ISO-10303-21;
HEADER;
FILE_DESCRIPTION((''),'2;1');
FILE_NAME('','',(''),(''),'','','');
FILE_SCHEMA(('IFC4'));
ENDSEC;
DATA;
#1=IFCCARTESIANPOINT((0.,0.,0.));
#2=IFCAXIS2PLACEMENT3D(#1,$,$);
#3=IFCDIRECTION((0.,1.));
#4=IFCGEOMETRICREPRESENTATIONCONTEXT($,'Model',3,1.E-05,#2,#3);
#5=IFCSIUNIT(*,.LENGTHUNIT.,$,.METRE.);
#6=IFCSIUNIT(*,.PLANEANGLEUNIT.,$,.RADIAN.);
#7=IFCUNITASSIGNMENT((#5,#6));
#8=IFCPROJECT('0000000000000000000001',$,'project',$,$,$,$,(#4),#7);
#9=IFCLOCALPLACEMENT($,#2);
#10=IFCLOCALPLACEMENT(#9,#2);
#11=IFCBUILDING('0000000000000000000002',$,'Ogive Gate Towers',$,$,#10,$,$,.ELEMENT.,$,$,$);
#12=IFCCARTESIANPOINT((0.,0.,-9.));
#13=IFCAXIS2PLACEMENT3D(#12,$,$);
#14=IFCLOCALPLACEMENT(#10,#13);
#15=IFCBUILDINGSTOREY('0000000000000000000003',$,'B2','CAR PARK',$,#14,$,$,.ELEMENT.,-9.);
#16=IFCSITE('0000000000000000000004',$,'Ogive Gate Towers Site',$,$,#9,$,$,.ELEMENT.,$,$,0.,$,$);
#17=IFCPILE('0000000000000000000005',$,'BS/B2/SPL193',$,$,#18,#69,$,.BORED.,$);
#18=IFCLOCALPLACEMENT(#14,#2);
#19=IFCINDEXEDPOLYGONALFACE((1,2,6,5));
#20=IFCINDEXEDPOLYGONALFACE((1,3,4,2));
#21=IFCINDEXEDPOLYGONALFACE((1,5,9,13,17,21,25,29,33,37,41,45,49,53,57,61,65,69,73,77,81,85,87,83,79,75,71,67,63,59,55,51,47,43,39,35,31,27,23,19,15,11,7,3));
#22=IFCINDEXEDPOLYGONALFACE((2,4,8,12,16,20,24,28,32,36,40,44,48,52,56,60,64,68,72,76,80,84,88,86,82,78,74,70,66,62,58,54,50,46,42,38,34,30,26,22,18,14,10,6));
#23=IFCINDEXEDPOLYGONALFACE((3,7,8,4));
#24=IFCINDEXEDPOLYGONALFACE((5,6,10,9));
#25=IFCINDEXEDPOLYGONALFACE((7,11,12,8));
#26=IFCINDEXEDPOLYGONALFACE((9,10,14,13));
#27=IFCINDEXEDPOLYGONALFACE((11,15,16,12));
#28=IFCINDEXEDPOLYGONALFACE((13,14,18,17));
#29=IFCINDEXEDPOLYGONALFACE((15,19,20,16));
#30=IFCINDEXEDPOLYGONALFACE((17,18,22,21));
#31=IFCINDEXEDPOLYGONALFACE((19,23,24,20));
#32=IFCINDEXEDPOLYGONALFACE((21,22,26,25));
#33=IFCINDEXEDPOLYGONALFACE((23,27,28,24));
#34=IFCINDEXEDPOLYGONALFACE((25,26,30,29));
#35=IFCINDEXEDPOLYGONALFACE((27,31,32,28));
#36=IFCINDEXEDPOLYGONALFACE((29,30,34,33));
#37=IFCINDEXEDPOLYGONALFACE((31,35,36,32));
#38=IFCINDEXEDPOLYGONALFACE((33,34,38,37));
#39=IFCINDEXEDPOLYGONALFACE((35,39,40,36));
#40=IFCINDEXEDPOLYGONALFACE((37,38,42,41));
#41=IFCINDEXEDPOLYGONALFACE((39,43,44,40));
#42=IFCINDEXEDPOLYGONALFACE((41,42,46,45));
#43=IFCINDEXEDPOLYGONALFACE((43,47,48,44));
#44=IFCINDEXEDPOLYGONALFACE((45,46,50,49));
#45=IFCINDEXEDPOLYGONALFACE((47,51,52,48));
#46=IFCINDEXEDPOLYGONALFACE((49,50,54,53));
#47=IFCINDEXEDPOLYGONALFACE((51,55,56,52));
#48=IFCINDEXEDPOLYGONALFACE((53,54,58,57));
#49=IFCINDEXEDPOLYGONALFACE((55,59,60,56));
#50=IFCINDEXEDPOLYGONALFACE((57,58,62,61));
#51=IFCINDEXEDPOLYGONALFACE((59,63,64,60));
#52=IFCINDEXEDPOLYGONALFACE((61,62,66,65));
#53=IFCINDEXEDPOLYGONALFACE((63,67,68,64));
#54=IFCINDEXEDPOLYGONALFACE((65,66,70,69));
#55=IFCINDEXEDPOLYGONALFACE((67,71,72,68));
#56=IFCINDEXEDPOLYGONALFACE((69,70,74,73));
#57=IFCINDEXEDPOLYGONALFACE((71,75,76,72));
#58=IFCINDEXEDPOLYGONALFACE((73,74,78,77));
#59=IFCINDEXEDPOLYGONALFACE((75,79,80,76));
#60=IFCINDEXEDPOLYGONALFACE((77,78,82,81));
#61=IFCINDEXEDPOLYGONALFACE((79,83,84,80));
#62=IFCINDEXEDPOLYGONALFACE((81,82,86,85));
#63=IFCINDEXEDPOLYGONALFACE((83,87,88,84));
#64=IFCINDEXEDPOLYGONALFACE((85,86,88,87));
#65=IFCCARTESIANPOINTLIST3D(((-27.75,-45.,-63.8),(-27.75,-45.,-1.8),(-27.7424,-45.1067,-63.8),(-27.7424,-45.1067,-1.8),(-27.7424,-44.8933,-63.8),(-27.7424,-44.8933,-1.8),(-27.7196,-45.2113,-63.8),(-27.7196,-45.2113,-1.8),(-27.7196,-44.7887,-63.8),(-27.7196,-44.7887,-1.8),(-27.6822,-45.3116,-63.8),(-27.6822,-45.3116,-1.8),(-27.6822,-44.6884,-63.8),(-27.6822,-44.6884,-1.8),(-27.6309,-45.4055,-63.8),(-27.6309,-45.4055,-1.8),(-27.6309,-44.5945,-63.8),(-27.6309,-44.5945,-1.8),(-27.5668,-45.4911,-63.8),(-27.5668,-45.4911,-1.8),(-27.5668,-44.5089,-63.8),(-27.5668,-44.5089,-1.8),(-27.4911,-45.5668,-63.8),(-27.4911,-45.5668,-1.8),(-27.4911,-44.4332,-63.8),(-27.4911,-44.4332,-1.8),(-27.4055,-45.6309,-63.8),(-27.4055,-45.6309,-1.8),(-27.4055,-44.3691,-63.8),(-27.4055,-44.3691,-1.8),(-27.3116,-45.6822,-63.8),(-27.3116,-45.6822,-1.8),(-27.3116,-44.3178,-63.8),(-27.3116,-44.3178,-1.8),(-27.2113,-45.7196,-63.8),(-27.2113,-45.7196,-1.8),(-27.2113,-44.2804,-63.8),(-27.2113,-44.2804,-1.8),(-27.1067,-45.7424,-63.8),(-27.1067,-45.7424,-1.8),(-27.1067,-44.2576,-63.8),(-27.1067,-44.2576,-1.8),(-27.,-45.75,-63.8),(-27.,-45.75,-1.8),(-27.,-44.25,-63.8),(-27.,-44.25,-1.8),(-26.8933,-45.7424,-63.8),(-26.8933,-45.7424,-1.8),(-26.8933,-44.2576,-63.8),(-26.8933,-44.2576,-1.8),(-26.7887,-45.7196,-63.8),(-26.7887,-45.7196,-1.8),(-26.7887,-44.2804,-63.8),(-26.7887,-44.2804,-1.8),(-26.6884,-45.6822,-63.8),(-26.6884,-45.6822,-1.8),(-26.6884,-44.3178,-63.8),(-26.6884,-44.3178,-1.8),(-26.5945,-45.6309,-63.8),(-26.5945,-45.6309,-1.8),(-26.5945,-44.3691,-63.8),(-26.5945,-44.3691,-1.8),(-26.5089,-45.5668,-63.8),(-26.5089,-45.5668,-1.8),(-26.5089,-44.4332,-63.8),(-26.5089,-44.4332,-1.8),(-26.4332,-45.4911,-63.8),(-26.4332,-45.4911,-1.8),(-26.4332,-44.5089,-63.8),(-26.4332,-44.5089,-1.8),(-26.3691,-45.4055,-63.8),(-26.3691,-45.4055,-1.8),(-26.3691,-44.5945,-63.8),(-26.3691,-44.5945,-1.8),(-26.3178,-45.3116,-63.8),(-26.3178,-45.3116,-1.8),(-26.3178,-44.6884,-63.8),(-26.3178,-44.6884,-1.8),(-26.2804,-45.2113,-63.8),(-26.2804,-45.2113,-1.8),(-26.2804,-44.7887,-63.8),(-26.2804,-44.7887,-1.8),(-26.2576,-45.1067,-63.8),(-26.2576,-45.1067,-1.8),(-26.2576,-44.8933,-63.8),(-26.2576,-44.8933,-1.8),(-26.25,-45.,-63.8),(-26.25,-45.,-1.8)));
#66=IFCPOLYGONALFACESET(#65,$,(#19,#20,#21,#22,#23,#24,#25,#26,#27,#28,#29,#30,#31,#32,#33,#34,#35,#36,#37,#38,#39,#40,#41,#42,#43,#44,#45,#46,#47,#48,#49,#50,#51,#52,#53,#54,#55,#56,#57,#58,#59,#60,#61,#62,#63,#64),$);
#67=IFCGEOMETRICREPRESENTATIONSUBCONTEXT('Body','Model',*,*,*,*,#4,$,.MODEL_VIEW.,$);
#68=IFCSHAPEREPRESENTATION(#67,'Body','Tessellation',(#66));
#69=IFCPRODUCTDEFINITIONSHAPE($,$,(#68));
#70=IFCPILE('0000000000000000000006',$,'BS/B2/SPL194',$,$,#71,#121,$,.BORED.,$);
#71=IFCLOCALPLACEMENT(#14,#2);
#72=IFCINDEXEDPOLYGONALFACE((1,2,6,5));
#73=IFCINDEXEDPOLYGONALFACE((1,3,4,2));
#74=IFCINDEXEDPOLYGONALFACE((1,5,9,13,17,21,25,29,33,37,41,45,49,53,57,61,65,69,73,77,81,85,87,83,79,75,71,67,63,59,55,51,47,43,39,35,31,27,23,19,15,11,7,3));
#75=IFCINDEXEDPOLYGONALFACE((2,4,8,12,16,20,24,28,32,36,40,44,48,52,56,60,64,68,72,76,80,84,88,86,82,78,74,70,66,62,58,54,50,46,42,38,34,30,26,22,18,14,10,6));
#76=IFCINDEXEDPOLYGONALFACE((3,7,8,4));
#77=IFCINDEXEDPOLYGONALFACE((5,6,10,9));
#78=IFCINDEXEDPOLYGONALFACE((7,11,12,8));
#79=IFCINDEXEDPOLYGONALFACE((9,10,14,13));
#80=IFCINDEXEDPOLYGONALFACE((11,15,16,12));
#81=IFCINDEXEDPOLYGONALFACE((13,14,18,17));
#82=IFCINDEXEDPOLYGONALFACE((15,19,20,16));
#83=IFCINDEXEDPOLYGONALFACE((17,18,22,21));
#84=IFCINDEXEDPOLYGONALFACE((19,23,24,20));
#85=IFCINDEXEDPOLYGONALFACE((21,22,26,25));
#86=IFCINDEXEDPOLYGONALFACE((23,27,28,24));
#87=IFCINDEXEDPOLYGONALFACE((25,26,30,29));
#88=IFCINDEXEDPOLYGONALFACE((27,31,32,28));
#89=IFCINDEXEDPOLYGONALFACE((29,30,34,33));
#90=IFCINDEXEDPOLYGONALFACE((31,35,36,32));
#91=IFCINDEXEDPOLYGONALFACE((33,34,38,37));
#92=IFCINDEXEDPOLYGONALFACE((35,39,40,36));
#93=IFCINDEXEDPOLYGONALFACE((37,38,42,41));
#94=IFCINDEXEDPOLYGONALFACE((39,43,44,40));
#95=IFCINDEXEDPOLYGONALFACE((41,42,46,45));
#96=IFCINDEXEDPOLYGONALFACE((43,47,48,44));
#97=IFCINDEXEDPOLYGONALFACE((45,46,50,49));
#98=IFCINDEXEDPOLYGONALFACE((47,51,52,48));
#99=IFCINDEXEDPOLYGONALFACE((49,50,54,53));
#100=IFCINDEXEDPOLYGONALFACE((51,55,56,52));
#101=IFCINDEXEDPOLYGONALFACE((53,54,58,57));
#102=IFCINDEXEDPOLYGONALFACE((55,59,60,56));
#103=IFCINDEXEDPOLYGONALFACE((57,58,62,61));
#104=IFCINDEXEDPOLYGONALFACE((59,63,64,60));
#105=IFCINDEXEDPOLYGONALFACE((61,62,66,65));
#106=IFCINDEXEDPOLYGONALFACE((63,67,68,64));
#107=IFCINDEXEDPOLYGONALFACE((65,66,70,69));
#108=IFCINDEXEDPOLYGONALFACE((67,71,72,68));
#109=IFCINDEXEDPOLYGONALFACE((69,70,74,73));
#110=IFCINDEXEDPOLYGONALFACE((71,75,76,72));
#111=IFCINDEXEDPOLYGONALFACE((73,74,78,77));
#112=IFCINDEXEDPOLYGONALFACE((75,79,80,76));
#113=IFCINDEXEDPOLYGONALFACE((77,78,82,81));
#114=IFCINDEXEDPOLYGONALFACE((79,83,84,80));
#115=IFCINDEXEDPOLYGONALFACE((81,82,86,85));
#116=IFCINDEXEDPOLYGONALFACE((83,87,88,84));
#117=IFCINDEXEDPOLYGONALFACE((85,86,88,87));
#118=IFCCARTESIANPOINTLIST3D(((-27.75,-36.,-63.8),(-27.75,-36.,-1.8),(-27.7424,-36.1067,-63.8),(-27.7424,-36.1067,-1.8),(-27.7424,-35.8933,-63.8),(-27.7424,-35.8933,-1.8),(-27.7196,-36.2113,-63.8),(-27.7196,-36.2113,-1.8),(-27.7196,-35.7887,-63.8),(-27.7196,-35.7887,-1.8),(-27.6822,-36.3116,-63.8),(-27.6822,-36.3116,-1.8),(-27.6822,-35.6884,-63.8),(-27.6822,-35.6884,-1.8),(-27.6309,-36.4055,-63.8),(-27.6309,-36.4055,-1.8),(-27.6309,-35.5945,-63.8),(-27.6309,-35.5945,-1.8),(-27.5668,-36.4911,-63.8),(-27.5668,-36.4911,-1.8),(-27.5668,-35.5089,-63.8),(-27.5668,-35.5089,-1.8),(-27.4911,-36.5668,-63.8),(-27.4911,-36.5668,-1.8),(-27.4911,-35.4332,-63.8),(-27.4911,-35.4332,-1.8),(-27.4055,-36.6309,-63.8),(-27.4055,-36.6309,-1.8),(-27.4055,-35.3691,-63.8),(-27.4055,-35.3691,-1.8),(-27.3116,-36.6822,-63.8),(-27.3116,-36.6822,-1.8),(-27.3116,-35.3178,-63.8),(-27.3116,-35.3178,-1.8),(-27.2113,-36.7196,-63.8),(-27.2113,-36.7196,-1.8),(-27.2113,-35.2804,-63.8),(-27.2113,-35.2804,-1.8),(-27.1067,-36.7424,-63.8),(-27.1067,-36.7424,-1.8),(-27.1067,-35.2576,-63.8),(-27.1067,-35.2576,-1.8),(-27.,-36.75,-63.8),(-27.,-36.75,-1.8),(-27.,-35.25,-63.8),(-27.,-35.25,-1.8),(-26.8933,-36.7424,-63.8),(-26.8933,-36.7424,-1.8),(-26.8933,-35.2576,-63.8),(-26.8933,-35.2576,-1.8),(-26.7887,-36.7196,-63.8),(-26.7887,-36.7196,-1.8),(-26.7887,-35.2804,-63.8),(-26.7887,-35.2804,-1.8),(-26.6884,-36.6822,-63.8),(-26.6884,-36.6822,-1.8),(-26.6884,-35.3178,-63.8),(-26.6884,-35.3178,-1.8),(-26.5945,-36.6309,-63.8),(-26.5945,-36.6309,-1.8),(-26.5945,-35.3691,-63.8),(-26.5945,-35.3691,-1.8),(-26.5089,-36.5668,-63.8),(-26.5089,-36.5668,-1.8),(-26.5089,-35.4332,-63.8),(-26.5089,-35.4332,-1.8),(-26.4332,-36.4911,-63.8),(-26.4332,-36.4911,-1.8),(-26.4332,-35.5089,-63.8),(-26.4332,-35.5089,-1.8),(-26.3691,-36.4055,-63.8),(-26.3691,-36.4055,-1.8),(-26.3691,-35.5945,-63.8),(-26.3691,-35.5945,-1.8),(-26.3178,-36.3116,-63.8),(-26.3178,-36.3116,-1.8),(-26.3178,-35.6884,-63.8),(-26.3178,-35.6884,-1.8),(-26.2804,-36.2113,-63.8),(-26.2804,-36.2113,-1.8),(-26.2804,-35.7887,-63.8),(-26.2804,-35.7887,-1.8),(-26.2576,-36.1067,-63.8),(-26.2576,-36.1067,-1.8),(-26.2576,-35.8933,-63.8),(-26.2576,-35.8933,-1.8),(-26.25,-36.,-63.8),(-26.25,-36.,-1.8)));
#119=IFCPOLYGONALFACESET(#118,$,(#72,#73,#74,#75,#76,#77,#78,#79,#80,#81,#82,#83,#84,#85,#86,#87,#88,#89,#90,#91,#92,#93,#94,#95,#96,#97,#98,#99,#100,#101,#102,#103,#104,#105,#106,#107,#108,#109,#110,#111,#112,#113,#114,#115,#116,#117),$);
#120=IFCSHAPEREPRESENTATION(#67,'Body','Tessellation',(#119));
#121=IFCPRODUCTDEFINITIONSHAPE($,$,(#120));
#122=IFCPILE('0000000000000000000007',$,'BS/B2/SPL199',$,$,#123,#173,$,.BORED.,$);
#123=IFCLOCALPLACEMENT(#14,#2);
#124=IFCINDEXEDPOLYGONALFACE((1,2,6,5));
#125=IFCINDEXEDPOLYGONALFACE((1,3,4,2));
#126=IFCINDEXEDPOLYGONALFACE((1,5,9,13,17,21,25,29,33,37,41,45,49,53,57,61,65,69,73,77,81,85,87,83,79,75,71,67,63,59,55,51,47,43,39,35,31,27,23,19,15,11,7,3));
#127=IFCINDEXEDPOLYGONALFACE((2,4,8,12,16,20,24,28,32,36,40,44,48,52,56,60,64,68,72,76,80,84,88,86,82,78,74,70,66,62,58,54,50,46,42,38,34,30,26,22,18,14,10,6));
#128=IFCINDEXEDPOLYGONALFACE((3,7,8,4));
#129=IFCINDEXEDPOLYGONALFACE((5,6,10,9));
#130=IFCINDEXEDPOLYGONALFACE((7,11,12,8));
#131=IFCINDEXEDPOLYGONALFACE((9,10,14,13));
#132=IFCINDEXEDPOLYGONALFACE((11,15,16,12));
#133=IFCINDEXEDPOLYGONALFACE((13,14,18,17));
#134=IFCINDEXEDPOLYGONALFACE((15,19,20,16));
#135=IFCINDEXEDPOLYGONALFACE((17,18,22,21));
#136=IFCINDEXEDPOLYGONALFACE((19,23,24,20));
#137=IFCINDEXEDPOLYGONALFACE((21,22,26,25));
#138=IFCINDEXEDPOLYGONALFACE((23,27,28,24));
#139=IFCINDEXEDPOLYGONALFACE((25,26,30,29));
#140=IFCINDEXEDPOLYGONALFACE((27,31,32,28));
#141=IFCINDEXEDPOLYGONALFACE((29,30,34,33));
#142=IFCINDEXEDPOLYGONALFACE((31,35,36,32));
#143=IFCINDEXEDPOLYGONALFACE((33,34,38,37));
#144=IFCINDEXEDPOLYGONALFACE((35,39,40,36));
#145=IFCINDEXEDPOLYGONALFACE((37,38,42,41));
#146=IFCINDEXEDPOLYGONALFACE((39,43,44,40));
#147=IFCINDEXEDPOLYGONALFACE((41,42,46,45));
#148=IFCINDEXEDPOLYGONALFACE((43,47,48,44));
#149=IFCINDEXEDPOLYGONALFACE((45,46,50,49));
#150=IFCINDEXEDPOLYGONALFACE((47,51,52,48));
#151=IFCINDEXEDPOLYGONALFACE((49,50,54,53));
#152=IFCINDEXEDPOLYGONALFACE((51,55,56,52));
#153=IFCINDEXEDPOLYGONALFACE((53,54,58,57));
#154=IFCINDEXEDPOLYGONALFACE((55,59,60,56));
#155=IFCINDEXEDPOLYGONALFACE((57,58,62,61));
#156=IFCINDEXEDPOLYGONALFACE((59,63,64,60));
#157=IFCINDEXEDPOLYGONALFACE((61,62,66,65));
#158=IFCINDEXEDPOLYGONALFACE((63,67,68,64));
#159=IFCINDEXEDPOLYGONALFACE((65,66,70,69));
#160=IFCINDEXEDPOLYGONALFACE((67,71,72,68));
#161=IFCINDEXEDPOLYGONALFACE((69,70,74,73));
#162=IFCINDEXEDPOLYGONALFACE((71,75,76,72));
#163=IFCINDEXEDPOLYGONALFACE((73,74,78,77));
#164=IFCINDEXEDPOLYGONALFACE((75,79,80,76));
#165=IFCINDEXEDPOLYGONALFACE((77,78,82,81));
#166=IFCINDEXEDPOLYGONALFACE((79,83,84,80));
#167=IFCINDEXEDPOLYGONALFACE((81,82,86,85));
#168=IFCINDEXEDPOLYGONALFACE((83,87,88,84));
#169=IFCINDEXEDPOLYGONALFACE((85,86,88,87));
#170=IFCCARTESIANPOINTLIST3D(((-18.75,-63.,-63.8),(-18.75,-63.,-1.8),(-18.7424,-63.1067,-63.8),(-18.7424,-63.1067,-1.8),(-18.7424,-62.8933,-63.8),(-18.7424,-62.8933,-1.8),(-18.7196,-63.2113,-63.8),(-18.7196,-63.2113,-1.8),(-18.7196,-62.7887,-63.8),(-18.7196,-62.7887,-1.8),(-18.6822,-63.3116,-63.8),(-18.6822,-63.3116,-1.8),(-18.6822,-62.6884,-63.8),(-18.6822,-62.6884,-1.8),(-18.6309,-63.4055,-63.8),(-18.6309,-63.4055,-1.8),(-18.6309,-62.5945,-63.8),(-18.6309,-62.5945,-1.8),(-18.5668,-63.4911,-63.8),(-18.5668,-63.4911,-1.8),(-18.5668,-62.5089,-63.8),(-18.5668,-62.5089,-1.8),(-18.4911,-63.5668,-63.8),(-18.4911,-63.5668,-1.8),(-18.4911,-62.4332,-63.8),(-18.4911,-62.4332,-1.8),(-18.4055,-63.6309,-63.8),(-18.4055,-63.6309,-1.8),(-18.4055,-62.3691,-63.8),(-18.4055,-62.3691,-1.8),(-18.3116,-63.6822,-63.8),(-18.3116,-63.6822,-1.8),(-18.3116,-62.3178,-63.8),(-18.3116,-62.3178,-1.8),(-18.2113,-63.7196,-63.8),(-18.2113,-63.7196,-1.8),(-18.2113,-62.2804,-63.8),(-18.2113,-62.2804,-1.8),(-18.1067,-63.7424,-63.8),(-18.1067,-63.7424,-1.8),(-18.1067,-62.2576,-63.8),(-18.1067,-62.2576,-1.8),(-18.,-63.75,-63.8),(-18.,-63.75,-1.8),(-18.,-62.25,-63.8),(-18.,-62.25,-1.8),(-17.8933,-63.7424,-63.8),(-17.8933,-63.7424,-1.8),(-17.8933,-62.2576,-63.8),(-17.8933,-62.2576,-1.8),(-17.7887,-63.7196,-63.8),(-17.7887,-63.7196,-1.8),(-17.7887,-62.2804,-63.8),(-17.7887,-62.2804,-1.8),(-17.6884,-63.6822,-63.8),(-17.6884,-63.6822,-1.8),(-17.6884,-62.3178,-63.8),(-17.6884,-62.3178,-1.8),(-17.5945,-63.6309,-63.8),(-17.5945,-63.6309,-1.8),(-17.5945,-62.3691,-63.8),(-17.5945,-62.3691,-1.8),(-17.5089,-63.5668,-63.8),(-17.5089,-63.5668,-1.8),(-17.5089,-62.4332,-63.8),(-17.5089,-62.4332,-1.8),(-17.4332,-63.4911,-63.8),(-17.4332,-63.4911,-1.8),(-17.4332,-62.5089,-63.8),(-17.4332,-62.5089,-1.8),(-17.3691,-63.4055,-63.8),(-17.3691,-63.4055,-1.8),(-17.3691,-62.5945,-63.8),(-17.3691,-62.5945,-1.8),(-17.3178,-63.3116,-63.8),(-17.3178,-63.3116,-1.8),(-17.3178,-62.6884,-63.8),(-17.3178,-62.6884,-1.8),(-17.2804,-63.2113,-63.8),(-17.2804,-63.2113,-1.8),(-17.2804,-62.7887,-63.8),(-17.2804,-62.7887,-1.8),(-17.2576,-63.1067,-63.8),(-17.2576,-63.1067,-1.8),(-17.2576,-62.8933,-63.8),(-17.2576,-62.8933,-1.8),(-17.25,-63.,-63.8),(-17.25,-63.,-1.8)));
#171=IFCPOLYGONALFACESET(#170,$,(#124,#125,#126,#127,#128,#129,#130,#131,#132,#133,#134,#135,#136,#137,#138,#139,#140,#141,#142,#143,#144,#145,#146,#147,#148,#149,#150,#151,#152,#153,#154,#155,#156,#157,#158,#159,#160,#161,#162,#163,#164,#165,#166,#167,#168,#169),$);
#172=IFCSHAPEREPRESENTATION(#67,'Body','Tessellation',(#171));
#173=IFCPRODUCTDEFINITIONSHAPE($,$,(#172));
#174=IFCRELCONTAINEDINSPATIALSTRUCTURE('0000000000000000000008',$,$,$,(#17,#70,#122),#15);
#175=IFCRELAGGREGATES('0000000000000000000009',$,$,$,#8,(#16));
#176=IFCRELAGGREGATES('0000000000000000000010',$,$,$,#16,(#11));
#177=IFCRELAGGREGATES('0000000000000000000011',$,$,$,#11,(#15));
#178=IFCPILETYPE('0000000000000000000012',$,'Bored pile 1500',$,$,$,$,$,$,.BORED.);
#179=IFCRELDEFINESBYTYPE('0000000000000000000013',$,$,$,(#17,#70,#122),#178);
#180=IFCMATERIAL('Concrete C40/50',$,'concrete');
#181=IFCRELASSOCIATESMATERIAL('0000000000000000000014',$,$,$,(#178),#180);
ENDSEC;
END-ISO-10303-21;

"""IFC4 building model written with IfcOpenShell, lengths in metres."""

from ifc_helpers import new_model, si_unit, direction, frame, origin, origin_2d, place, context, subcontext, project, spatial, circle, extrude, material, material_profile, profile_set, type_object, element, save


model = new_model("IFC4")

# Units and contexts
model_context = context("Model", 3, precision=1e-05, world=origin(), true_north=direction((0.0, 1.0)))
body_context = subcontext(model_context, "Body", "Model", "MODEL_VIEW")
ifc_project = project(units=[si_unit("LENGTHUNIT", "METRE"), si_unit("PLANEANGLEUNIT", "RADIAN")], contexts=[model_context])

# Site, building, storey
site_placement = place(None, origin())
site = spatial("IfcSite", under=ifc_project, at=site_placement, Name="Ogive Gate Towers Site", CompositionType="ELEMENT", RefElevation=0.0)
building_placement = place(site_placement, origin())
building = spatial("IfcBuilding", under=site, at=building_placement, Name="Ogive Gate Towers", CompositionType="ELEMENT")
storey_placement = place(building_placement, frame((0.0, 0.0, -9.0)))
storey = spatial("IfcBuildingStorey", under=building, at=storey_placement, Name="B2", Description="CAR PARK", CompositionType="ELEMENT", Elevation=-9.0)

# Piles
ifc_material_1 = material(Name="Concrete C40/50", Category="concrete")
ifc_material_profile_1 = material_profile(ifc_material_1, circle(Radius=0.75, at=origin_2d()), Name="BP 1500")
ifc_profile_set_1 = profile_set([ifc_material_profile_1], Name="Concrete C40/50")
pile_type = type_object("IfcPileType", Name="Bored pile 1500", PredefinedType="BORED", material=ifc_profile_set_1)
for number, where, z_axis, x_axis, name in (
    (1, (-27.0, -45.0, -1.8), (0.0, 0.0, -1.0), (1.0, 0.0, 0.0), "BS/B2/SPL193"),
    (2, (-27.0, -36.0, -1.8), (0.0, 0.0, -1.0), (1.0, 0.0, 0.0), "BS/B2/SPL194"),
    (3, (-18.0, -63.0, -1.8), (0.0, 0.0, -1.0), (1.0, 0.0, 0.0), "BS/B2/SPL199"),
):
    element("IfcPile", number, at=place(storey_placement, frame(where, z_axis=z_axis, x_axis=x_axis)), inside=storey, type_object=pile_type, Name=name, PredefinedType="BORED", context=body_context, shape_type="SweptSolid", body=[
        extrude(circle(Radius=0.75, at=origin_2d()), origin(), (0.0, 0.0, 1.0), 62.0),
    ])

save(model, "model.ifc")
